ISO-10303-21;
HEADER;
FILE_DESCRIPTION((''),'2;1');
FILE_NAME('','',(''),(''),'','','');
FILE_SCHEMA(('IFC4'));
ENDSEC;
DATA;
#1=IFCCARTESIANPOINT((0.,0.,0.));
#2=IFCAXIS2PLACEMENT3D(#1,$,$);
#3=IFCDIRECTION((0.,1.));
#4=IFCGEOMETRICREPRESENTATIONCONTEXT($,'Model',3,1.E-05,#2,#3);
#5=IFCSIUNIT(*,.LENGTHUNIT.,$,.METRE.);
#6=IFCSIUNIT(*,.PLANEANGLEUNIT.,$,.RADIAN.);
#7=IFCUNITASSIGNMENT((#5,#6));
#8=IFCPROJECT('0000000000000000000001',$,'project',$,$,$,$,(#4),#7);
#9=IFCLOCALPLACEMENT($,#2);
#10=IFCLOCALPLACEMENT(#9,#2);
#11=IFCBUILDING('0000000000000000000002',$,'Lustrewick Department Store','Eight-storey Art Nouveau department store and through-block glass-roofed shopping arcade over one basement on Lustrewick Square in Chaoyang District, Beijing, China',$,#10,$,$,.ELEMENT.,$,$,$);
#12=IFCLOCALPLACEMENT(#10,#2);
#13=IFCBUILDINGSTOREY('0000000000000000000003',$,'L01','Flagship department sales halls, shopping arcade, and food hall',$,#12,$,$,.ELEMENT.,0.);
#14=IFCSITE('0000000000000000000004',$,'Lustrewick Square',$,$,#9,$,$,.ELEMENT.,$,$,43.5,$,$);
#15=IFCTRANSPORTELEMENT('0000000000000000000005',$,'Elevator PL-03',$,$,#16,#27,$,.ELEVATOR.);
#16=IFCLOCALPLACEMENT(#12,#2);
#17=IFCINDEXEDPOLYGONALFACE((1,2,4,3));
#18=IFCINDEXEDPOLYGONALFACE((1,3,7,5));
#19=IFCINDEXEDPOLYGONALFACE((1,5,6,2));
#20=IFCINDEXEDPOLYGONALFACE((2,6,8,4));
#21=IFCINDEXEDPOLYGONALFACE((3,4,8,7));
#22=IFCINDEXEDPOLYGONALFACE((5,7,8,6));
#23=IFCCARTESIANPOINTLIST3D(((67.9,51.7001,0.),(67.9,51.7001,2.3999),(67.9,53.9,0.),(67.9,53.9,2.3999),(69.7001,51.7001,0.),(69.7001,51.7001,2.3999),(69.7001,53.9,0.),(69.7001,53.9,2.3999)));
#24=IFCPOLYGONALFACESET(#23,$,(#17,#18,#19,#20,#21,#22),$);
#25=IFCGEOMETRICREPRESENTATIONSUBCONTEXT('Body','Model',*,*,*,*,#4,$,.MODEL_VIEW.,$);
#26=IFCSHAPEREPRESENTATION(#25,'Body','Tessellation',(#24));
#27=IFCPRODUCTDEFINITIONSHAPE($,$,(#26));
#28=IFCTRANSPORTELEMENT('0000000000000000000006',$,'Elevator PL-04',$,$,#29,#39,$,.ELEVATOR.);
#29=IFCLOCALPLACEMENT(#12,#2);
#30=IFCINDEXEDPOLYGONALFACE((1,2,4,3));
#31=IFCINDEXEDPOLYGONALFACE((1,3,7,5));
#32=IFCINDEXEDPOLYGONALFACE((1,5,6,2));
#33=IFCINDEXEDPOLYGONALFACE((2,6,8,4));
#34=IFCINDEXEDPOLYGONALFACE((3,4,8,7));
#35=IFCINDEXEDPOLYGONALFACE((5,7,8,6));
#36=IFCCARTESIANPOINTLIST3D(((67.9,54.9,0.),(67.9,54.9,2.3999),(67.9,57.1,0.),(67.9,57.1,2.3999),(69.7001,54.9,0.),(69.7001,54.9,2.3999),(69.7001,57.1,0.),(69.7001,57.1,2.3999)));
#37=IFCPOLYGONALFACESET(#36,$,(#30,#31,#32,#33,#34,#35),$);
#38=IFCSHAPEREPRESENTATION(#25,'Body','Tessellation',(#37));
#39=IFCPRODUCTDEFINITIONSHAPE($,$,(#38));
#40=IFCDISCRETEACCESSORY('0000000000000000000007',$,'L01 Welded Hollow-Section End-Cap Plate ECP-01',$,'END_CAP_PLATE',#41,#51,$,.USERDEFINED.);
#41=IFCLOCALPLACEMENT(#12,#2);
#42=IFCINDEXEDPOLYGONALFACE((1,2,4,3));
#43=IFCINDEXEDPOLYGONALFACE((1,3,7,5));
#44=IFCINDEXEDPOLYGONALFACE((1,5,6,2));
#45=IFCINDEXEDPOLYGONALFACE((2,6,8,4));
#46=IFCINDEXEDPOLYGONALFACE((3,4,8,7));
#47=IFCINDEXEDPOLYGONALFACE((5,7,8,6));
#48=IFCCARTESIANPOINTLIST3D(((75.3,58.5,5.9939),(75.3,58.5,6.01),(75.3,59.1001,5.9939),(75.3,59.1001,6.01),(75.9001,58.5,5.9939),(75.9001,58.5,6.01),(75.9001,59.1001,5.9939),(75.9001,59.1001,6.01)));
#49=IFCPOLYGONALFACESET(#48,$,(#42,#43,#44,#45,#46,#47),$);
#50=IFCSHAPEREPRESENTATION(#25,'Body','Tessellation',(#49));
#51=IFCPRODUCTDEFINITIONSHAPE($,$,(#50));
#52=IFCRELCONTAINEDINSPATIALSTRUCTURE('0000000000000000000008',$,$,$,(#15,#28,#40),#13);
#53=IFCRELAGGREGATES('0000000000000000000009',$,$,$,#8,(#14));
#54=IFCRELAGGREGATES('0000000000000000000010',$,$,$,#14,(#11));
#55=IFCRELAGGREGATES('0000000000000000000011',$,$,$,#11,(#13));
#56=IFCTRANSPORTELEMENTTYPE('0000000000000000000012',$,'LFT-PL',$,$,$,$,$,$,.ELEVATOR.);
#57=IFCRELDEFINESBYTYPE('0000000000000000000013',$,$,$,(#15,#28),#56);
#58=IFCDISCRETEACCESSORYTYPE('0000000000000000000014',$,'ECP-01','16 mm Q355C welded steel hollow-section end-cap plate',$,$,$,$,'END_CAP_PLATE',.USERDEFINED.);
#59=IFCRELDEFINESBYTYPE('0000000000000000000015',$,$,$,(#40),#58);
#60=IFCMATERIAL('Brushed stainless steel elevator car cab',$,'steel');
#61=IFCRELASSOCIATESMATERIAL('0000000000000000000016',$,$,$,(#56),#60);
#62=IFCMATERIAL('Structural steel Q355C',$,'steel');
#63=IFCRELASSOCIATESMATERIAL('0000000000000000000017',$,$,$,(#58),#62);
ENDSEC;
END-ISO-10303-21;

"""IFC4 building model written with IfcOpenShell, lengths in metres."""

from ifc_helpers import new_model, si_unit, direction, frame, origin, origin_2d, place, context, subcontext, project, spatial, rectangle, extrude, material, type_object, element, save


model = new_model("IFC4")

# Units and contexts
model_context = context("Model", 3, precision=1e-05, world=origin(), true_north=direction((0.0, 1.0)))
body_context = subcontext(model_context, "Body", "Model", "MODEL_VIEW")
ifc_project = project(units=[si_unit("LENGTHUNIT", "METRE"), si_unit("PLANEANGLEUNIT", "RADIAN")], contexts=[model_context])

# Site, building, storey
site_placement = place(None, origin())
site = spatial("IfcSite", under=ifc_project, at=site_placement, Name="Lustrewick Square", CompositionType="ELEMENT", RefElevation=43.5)
building_placement = place(site_placement, origin())
building = spatial("IfcBuilding", under=site, at=building_placement, Name="Lustrewick Department Store", Description="Eight-storey Art Nouveau department store and through-block glass-roofed shopping arcade over one basement on Lustrewick Square in Chaoyang District, Beijing, China", CompositionType="ELEMENT")
storey_placement = place(building_placement, origin())
storey = spatial("IfcBuildingStorey", under=building, at=storey_placement, Name="L01", Description="Flagship department sales halls, shopping arcade, and food hall", CompositionType="ELEMENT", Elevation=0.0)

# Shared definitions
ifc_material_1 = material(Name="Structural steel Q355C", Category="steel")

# Transport elements
ifc_material_2 = material(Name="Brushed stainless steel elevator car cab", Category="steel")
transport_element_type = type_object("IfcTransportElementType", Name="LFT-PL", PredefinedType="ELEVATOR", material=ifc_material_2)
for number, where, z_axis, x_axis, name in (
    (1, (68.8, 52.8, 0.0), (0.0, 0.0, 1.0), (1.0, 0.0, 0.0), "Elevator PL-03"),
    (2, (68.8, 56.0, 0.0), (0.0, 0.0, 1.0), (1.0, 0.0, 0.0), "Elevator PL-04"),
):
    element("IfcTransportElement", number, at=place(storey_placement, frame(where, z_axis=z_axis, x_axis=x_axis)), inside=storey, type_object=transport_element_type, Name=name, PredefinedType="ELEVATOR", context=body_context, shape_type="SweptSolid", body=[
        extrude(rectangle(XDim=1.8, YDim=2.2, at=origin_2d()), origin(), (0.0, 0.0, 1.0), 2.3999),
    ])

# Discrete accessory
discrete_accessory_type = type_object("IfcDiscreteAccessoryType", Name="ECP-01", Description="16 mm Q355C welded steel hollow-section end-cap plate", ElementType="END_CAP_PLATE", PredefinedType="USERDEFINED", material=ifc_material_1)
discrete_accessory_placement = place(storey_placement, frame((75.6001, 58.8, 5.9939), z_axis=(0.0, 0.0, 1.0), x_axis=(1.0, 0.0, 0.0)))
element("IfcDiscreteAccessory", 3, at=discrete_accessory_placement, inside=storey, type_object=discrete_accessory_type, Name="L01 Welded Hollow-Section End-Cap Plate ECP-01", ObjectType="END_CAP_PLATE", PredefinedType="USERDEFINED", context=body_context, shape_type="SweptSolid", body=[
    extrude(rectangle(XDim=0.6001, YDim=0.6001, at=origin_2d()), origin(), (0.0, 0.0, 1.0), 0.0161),
])

save(model, "model.ifc")
